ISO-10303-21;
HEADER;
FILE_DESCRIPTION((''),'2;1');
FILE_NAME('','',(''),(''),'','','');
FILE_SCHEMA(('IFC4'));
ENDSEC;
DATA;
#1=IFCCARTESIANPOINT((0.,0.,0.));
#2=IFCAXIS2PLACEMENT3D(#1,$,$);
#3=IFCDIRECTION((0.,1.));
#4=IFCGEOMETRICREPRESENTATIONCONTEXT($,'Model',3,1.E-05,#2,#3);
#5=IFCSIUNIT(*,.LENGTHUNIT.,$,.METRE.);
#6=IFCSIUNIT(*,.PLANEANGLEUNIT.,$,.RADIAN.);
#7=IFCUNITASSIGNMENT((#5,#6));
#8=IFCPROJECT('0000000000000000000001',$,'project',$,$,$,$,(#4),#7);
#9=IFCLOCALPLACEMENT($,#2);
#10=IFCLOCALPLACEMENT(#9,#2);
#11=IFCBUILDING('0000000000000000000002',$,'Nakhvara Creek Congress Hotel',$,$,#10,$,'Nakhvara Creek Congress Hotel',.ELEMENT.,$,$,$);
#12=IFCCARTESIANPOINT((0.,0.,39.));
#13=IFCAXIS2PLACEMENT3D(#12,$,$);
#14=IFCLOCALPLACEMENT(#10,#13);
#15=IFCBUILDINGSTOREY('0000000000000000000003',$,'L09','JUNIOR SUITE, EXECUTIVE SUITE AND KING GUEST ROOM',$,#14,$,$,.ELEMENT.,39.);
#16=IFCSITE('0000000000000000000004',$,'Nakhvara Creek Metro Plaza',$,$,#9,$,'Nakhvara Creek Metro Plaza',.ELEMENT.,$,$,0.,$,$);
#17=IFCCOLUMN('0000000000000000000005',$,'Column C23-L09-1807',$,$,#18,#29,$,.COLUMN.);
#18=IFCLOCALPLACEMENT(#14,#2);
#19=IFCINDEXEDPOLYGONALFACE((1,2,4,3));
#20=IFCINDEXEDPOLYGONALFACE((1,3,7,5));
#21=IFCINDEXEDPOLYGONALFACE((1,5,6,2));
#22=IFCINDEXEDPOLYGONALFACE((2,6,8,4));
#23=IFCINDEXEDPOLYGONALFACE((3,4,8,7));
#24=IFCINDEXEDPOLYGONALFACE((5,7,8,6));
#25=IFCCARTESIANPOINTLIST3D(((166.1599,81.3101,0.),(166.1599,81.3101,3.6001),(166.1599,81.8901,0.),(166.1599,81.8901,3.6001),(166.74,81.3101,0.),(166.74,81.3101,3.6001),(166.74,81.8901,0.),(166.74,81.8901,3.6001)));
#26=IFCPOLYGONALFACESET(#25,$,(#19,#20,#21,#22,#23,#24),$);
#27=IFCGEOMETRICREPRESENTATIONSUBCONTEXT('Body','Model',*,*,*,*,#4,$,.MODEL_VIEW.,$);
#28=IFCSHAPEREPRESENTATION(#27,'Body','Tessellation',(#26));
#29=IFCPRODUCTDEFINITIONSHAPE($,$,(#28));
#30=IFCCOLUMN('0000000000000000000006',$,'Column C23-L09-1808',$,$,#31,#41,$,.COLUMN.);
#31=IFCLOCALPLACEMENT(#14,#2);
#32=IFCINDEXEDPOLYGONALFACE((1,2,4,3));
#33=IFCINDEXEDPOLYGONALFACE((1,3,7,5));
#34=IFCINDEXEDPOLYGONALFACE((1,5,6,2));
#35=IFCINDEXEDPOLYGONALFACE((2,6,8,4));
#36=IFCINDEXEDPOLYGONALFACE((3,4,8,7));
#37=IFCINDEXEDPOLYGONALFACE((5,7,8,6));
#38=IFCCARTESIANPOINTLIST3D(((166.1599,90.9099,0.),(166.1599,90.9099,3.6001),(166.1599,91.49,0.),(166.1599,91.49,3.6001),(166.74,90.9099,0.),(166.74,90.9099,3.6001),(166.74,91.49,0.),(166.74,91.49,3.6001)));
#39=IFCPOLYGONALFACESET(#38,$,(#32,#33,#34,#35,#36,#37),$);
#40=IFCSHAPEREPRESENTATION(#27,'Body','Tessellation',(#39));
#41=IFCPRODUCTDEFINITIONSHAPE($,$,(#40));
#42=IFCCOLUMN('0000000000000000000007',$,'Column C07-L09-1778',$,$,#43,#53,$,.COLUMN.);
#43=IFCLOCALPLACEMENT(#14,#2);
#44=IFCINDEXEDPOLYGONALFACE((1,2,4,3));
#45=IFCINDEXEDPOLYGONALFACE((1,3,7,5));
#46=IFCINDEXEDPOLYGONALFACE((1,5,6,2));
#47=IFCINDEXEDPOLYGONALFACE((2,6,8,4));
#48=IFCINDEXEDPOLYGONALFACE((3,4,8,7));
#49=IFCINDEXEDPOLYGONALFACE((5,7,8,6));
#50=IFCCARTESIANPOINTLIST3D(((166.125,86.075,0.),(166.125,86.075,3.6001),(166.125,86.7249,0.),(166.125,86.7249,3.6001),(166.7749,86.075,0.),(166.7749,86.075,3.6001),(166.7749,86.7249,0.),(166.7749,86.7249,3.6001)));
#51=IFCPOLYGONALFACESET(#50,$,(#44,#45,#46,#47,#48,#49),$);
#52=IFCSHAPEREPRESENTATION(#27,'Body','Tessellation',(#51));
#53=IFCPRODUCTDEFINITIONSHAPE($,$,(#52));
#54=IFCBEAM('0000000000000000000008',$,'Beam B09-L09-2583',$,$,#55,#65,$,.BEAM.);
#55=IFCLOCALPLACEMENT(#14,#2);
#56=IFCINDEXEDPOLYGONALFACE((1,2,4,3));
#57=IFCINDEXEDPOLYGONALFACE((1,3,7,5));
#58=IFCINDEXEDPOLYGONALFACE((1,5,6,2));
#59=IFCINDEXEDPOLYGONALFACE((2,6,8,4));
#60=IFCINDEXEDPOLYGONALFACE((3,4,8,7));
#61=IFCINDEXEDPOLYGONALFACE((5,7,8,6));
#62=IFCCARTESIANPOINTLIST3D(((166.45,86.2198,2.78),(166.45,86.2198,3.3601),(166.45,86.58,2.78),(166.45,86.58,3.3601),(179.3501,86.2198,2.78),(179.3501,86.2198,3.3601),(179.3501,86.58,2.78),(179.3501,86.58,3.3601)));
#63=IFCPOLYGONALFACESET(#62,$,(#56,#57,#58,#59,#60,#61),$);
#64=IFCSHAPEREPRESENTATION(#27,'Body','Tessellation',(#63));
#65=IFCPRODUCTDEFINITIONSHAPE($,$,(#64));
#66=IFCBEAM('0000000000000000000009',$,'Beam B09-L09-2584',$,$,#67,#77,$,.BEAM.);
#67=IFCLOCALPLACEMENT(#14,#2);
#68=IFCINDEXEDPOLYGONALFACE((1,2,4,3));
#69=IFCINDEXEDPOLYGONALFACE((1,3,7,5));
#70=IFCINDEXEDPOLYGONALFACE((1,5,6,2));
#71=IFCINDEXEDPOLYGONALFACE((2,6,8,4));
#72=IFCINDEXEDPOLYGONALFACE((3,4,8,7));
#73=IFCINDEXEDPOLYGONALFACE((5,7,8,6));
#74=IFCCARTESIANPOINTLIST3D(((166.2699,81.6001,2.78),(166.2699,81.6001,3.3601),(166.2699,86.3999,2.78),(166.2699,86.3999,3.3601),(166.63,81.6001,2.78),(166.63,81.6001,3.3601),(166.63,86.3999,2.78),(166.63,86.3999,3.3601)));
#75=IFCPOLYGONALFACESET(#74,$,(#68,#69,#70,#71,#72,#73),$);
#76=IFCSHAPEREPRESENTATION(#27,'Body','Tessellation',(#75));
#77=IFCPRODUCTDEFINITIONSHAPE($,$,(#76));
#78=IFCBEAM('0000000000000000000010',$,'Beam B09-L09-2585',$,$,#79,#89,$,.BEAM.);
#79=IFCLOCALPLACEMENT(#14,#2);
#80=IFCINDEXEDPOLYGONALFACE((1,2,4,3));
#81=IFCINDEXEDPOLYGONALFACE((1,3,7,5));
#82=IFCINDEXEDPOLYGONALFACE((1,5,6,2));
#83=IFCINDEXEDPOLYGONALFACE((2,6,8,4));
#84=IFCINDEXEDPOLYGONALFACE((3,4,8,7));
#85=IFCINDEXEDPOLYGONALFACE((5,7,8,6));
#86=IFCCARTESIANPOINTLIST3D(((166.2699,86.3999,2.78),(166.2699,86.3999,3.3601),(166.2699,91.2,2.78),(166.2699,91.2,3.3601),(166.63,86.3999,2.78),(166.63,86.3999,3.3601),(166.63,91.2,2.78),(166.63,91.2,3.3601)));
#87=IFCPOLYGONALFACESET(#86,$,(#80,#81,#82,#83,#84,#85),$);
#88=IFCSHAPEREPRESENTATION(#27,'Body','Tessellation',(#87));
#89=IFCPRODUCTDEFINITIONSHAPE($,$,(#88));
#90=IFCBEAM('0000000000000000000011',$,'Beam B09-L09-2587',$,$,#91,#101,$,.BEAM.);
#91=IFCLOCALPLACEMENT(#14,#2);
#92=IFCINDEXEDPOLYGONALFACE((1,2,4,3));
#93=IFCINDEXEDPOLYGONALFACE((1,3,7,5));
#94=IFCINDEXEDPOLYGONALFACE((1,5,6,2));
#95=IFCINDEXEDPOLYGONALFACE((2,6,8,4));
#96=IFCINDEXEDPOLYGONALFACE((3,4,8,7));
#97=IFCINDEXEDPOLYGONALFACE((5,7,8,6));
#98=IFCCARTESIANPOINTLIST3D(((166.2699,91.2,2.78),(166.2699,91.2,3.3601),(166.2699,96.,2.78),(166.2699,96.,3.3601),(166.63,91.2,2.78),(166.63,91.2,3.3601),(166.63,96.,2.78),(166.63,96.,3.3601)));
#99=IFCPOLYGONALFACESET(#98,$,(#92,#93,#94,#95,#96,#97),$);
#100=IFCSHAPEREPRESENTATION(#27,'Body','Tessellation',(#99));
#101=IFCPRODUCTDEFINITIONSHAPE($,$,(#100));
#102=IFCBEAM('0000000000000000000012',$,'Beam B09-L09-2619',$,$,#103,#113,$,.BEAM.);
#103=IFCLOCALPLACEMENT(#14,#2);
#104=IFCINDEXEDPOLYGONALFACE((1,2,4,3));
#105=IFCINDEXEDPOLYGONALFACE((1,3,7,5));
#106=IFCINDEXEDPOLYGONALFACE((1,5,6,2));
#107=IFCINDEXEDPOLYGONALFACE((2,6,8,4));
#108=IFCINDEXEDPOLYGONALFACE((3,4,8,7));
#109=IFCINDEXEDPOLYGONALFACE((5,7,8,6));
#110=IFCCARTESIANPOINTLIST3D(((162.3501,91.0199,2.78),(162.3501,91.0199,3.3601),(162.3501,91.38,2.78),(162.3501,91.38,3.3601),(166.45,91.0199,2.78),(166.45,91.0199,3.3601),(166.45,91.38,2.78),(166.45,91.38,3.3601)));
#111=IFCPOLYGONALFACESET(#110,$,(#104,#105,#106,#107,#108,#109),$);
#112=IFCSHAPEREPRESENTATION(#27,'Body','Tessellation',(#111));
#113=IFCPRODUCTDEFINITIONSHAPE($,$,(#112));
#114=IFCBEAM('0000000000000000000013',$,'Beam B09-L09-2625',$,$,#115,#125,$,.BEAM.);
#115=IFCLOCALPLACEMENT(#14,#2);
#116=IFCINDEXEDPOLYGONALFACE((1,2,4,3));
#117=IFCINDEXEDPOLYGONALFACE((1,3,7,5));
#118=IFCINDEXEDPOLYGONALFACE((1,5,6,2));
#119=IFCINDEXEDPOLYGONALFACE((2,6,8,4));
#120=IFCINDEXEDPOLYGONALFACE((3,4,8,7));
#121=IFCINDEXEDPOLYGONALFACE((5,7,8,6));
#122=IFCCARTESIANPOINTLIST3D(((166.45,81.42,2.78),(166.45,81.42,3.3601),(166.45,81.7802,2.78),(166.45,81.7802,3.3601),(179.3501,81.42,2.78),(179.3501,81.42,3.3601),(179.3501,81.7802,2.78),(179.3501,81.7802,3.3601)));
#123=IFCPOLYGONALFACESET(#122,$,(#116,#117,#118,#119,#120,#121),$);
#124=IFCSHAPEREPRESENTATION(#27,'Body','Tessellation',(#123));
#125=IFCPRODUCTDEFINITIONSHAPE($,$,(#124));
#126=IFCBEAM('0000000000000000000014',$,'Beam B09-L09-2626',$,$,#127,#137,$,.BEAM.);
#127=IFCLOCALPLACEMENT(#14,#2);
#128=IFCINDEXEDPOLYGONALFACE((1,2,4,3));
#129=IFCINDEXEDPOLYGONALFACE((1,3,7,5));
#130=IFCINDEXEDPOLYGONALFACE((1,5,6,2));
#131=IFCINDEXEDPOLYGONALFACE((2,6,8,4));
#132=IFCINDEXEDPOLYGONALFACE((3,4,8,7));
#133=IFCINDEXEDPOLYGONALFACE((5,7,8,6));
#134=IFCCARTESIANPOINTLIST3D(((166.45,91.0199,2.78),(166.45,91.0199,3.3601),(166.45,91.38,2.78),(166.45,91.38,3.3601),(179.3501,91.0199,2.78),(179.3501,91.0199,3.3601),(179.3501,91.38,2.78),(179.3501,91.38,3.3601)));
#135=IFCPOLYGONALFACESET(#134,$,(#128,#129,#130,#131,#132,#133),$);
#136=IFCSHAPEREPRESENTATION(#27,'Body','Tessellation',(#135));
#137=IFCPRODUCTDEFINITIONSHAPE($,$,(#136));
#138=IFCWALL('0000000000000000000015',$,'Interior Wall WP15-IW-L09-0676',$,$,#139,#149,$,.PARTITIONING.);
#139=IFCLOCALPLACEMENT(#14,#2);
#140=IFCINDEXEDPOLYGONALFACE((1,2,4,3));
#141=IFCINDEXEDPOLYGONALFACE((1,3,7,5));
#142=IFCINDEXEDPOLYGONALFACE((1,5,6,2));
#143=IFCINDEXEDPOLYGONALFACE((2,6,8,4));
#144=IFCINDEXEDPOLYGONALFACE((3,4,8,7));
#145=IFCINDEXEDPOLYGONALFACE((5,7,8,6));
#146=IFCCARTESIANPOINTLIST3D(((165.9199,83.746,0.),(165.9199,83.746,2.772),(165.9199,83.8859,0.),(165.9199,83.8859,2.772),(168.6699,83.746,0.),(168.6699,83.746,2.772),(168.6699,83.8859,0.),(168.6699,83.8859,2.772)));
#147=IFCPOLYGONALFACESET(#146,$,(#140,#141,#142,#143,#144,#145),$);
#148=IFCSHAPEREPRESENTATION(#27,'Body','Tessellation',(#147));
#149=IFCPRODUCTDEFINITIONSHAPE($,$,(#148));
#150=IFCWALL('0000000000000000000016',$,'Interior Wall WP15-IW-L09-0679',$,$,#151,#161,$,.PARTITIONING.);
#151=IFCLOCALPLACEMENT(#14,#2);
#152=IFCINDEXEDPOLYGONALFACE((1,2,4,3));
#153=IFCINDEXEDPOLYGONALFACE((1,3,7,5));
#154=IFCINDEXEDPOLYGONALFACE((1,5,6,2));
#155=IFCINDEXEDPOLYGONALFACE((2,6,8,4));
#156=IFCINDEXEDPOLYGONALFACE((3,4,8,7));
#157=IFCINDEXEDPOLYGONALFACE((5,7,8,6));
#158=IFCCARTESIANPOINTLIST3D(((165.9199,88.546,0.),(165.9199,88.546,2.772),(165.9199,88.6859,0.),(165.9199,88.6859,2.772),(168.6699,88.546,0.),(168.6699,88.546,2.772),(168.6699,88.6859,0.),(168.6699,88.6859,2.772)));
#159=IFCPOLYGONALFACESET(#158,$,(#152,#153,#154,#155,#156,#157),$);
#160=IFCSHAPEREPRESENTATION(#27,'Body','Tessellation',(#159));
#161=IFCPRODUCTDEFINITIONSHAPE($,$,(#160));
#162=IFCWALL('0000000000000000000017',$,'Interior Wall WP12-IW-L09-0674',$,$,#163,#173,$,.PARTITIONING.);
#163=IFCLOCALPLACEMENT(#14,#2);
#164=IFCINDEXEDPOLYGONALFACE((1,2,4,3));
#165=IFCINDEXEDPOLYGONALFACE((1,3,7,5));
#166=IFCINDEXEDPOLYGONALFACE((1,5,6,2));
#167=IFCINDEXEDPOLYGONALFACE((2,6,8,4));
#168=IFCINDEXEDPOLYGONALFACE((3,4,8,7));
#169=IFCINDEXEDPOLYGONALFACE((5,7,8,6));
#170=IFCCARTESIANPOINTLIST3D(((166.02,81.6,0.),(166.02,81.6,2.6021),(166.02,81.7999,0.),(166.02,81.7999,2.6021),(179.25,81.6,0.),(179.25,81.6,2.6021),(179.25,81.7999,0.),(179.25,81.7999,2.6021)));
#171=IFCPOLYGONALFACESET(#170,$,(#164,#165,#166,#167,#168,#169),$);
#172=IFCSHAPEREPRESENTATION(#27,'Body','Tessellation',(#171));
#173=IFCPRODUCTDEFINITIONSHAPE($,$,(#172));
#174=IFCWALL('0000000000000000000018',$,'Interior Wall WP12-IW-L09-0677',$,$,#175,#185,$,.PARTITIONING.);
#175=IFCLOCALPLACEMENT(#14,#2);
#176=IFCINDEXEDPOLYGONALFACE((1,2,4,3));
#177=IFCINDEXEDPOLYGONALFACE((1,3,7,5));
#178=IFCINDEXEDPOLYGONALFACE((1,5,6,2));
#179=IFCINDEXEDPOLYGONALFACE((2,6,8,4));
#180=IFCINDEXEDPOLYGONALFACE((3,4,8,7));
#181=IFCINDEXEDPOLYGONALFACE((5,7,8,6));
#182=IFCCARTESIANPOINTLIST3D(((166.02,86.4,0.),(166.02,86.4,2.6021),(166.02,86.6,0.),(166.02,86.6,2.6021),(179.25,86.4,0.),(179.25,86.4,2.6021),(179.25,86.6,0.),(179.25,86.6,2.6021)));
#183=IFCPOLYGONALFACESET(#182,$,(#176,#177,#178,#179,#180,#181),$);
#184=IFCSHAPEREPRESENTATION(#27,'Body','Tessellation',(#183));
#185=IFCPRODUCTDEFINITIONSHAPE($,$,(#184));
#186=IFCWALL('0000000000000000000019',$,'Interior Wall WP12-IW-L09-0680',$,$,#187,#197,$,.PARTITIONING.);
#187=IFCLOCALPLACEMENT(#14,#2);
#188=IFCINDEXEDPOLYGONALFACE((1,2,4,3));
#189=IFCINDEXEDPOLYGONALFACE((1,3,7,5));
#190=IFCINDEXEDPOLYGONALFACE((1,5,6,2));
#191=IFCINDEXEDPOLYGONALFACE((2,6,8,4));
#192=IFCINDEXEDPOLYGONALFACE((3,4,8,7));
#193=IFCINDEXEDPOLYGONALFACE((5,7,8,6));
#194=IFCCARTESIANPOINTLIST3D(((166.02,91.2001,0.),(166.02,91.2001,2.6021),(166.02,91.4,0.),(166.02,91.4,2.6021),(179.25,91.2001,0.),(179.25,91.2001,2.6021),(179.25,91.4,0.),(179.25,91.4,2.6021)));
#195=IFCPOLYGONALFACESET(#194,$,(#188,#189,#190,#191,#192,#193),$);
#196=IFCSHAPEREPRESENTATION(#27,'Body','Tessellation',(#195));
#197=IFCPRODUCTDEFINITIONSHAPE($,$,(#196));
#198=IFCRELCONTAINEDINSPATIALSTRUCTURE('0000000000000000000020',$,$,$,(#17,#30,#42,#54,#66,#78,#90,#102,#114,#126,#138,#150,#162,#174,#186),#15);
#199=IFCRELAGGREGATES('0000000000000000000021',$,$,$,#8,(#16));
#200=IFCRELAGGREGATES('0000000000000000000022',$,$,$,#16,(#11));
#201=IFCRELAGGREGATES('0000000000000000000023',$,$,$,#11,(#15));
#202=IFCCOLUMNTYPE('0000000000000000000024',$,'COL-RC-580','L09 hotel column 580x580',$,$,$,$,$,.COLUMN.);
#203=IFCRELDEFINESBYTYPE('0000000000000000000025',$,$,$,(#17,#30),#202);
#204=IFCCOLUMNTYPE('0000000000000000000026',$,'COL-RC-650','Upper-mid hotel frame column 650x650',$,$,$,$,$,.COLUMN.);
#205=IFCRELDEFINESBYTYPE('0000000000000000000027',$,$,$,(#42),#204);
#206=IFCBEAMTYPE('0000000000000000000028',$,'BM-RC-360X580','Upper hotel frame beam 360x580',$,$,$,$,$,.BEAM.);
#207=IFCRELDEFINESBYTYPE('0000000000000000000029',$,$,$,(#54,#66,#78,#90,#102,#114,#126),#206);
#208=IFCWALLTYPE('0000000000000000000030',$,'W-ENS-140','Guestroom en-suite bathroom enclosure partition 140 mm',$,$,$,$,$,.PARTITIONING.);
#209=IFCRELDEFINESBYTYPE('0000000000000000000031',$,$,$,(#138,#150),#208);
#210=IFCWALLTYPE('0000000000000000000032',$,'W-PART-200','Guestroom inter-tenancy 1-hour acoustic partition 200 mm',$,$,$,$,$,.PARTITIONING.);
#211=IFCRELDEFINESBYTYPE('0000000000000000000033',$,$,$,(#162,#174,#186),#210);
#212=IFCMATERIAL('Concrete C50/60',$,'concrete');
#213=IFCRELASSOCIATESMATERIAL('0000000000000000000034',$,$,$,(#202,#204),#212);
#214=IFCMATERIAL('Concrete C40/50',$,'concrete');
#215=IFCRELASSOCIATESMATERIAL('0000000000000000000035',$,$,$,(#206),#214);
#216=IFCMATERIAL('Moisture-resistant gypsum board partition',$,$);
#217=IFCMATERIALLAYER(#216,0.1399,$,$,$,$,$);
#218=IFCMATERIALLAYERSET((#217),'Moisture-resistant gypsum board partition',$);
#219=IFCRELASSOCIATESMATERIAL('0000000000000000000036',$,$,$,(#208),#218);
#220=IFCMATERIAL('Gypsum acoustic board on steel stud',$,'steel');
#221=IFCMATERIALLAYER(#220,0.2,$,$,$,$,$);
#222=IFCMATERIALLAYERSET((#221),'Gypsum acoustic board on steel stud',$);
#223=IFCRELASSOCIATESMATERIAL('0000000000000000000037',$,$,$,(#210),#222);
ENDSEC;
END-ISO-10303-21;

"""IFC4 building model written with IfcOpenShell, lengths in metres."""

from ifc_helpers import new_model, si_unit, direction, frame, frame_2d, origin, origin_2d, place, context, subcontext, project, spatial, rectangle, extrude, material, layer, layer_set, material_profile, profile_set, type_object, element, save


model = new_model("IFC4")

# Units and contexts
model_context = context("Model", 3, precision=1e-05, world=origin(), true_north=direction((0.0, 1.0)))
body_context = subcontext(model_context, "Body", "Model", "MODEL_VIEW")
ifc_project = project(units=[si_unit("LENGTHUNIT", "METRE"), si_unit("PLANEANGLEUNIT", "RADIAN")], contexts=[model_context])

# Site, building, storey
site_placement = place(None, origin())
site = spatial("IfcSite", under=ifc_project, at=site_placement, Name="Nakhvara Creek Metro Plaza", LongName="Nakhvara Creek Metro Plaza", CompositionType="ELEMENT", RefElevation=0.0)
building_placement = place(site_placement, origin())
building = spatial("IfcBuilding", under=site, at=building_placement, Name="Nakhvara Creek Congress Hotel", LongName="Nakhvara Creek Congress Hotel", CompositionType="ELEMENT")
storey_placement = place(building_placement, frame((0.0, 0.0, 39.0)))
storey = spatial("IfcBuildingStorey", under=building, at=storey_placement, Name="L09", Description="JUNIOR SUITE, EXECUTIVE SUITE AND KING GUEST ROOM", CompositionType="ELEMENT", Elevation=39.0)

# Columns
ifc_material_1 = material(Name="Concrete C50/60", Category="concrete")
ifc_material_profile_1 = material_profile(ifc_material_1, rectangle(XDim=0.5801, YDim=0.5801, at=origin_2d()), Name="RC-COL 580x580", Category="LoadBearing")
ifc_profile_set_1 = profile_set([ifc_material_profile_1], Name="Concrete C50/60")
column_type_1 = type_object("IfcColumnType", Name="COL-RC-580", Description="L09 hotel column 580x580", PredefinedType="COLUMN", material=ifc_profile_set_1)
for number, where, z_axis, x_axis, name in (
    (1, (166.45, 81.6001, 0.0), (0.0, 0.0, 1.0), (1.0, 0.0, 0.0), "Column C23-L09-1807"),
    (2, (166.45, 91.2, 0.0), (0.0, 0.0, 1.0), (1.0, 0.0, 0.0), "Column C23-L09-1808"),
):
    element("IfcColumn", number, at=place(storey_placement, frame(where, z_axis=z_axis, x_axis=x_axis)), inside=storey, type_object=column_type_1, Name=name, PredefinedType="COLUMN", context=body_context, shape_type="SweptSolid", body=[
        extrude(rectangle(XDim=0.5801, YDim=0.5801, at=origin_2d()), origin(), (0.0, 0.0, 1.0), 3.6001),
    ])
ifc_material_profile_2 = material_profile(ifc_material_1, rectangle(XDim=0.6499, YDim=0.6499, at=origin_2d()), Name="RC-COL 650x650", Category="LoadBearing")
ifc_profile_set_2 = profile_set([ifc_material_profile_2], Name="Concrete C50/60")
column_type_2 = type_object("IfcColumnType", Name="COL-RC-650", Description="Upper-mid hotel frame column 650x650", PredefinedType="COLUMN", material=ifc_profile_set_2)
column_placement = place(storey_placement, frame((166.45, 86.3999, 0.0), z_axis=(0.0, 0.0, 1.0), x_axis=(1.0, 0.0, 0.0)))
element("IfcColumn", 3, at=column_placement, inside=storey, type_object=column_type_2, Name="Column C07-L09-1778", PredefinedType="COLUMN", context=body_context, shape_type="SweptSolid", body=[
    extrude(rectangle(XDim=0.6499, YDim=0.6499, at=origin_2d()), origin(), (0.0, 0.0, 1.0), 3.6001),
])

# Beams
ifc_material_2 = material(Name="Concrete C40/50", Category="concrete")
ifc_material_profile_3 = material_profile(ifc_material_2, rectangle(XDim=0.3601, YDim=0.5801, at=origin_2d()), Name="RC-BM 360x580", Category="LoadBearing")
ifc_profile_set_3 = profile_set([ifc_material_profile_3], Name="Concrete C40/50")
beam_type = type_object("IfcBeamType", Name="BM-RC-360X580", Description="Upper hotel frame beam 360x580", PredefinedType="BEAM", material=ifc_profile_set_3)
beam_1_placement = place(storey_placement, frame((166.45, 86.3999, 3.0701), z_axis=(1.0, 0.0, 0.0), x_axis=(0.0, 1.0, 0.0)))
element("IfcBeam", 4, at=beam_1_placement, inside=storey, type_object=beam_type, Name="Beam B09-L09-2583", PredefinedType="BEAM", context=body_context, shape_type="SweptSolid", body=[
    extrude(rectangle(XDim=0.3601, YDim=0.5801, at=origin_2d()), origin(), (0.0, 0.0, 1.0), 12.9001),
])
beam_2_placement = place(storey_placement, frame((166.45, 81.6001, 3.0701), z_axis=(0.0, 1.0, 0.0), x_axis=(-1.0, 0.0, 0.0)))
element("IfcBeam", 5, at=beam_2_placement, inside=storey, type_object=beam_type, Name="Beam B09-L09-2584", PredefinedType="BEAM", context=body_context, shape_type="SweptSolid", body=[
    extrude(rectangle(XDim=0.3601, YDim=0.5801, at=origin_2d()), origin(), (0.0, 0.0, 1.0), 4.7998),
])
for number, where, z_axis, x_axis, name in (
    (6, (166.45, 86.3999, 3.0701), (0.0, 1.0, 0.0), (-1.0, 0.0, 0.0), "Beam B09-L09-2585"),
    (7, (166.45, 91.2, 3.0701), (0.0, 1.0, 0.0), (-1.0, 0.0, 0.0), "Beam B09-L09-2587"),
):
    element("IfcBeam", number, at=place(storey_placement, frame(where, z_axis=z_axis, x_axis=x_axis)), inside=storey, type_object=beam_type, Name=name, PredefinedType="BEAM", context=body_context, shape_type="SweptSolid", body=[
        extrude(rectangle(XDim=0.3601, YDim=0.5801, at=origin_2d()), origin(), (0.0, 0.0, 1.0), 4.8),
    ])
beam_3_placement = place(storey_placement, frame((162.3501, 91.2, 3.0701), z_axis=(1.0, 0.0, 0.0), x_axis=(0.0, 1.0, 0.0)))
element("IfcBeam", 8, at=beam_3_placement, inside=storey, type_object=beam_type, Name="Beam B09-L09-2619", PredefinedType="BEAM", context=body_context, shape_type="SweptSolid", body=[
    extrude(rectangle(XDim=0.3601, YDim=0.5801, at=origin_2d()), origin(), (0.0, 0.0, 1.0), 4.0999),
])
for number, where, z_axis, x_axis, name in (
    (9, (166.45, 81.6001, 3.0701), (1.0, 0.0, 0.0), (0.0, 1.0, 0.0), "Beam B09-L09-2625"),
    (10, (166.45, 91.2, 3.0701), (1.0, 0.0, 0.0), (0.0, 1.0, 0.0), "Beam B09-L09-2626"),
):
    element("IfcBeam", number, at=place(storey_placement, frame(where, z_axis=z_axis, x_axis=x_axis)), inside=storey, type_object=beam_type, Name=name, PredefinedType="BEAM", context=body_context, shape_type="SweptSolid", body=[
        extrude(rectangle(XDim=0.3601, YDim=0.5801, at=origin_2d()), origin(), (0.0, 0.0, 1.0), 12.9001),
    ])

# Shared definitions
ifc_material_3 = material(Name="Moisture-resistant gypsum board partition")
ifc_layer_1 = layer(ifc_material_3, 0.1399)
ifc_layer_set_1 = layer_set([ifc_layer_1], Name="Moisture-resistant gypsum board partition")
wall_type_1 = type_object("IfcWallType", Name="W-ENS-140", Description="Guestroom en-suite bathroom enclosure partition 140 mm", PredefinedType="PARTITIONING", material=ifc_layer_set_1)

# Wall
wall_1_placement = place(storey_placement, frame((165.9199, 83.8159, 0.0), z_axis=(0.0, 0.0, 1.0), x_axis=(1.0, 0.0, 0.0)))
element("IfcWall", 11, at=wall_1_placement, inside=storey, type_object=wall_type_1, Name="Interior Wall WP15-IW-L09-0676", PredefinedType="PARTITIONING", context=body_context, shape_type="SweptSolid", body=[
    extrude(rectangle(XDim=2.75, YDim=0.1399, at=frame_2d((1.375, 0.0))), origin(), (0.0, 0.0, 1.0), 2.772),
])

# Walls
wall_2_placement = place(storey_placement, frame((165.9199, 88.616, 0.0), z_axis=(0.0, 0.0, 1.0), x_axis=(1.0, 0.0, 0.0)))
element("IfcWall", 12, at=wall_2_placement, inside=storey, type_object=wall_type_1, Name="Interior Wall WP15-IW-L09-0679", PredefinedType="PARTITIONING", context=body_context, shape_type="SweptSolid", body=[
    extrude(rectangle(XDim=2.75, YDim=0.1399, at=frame_2d((1.375, 0.0))), origin(), (0.0, 0.0, 1.0), 2.772),
])
ifc_material_4 = material(Name="Gypsum acoustic board on steel stud", Category="steel")
ifc_layer_2 = layer(ifc_material_4, 0.2)
ifc_layer_set_2 = layer_set([ifc_layer_2], Name="Gypsum acoustic board on steel stud")
wall_type_2 = type_object("IfcWallType", Name="W-PART-200", Description="Guestroom inter-tenancy 1-hour acoustic partition 200 mm", PredefinedType="PARTITIONING", material=ifc_layer_set_2)
for number, where, z_axis, x_axis, name in (
    (13, (166.02, 81.7, 0.0), (0.0, 0.0, 1.0), (1.0, 0.0, 0.0), "Interior Wall WP12-IW-L09-0674"),
    (14, (166.02, 86.5, 0.0), (0.0, 0.0, 1.0), (1.0, 0.0, 0.0), "Interior Wall WP12-IW-L09-0677"),
    (15, (166.02, 91.3, 0.0), (0.0, 0.0, 1.0), (1.0, 0.0, 0.0), "Interior Wall WP12-IW-L09-0680"),
):
    element("IfcWall", number, at=place(storey_placement, frame(where, z_axis=z_axis, x_axis=x_axis)), inside=storey, type_object=wall_type_2, Name=name, PredefinedType="PARTITIONING", context=body_context, shape_type="SweptSolid", body=[
        extrude(rectangle(XDim=13.23, YDim=0.2, at=frame_2d((6.615, 0.0))), origin(), (0.0, 0.0, 1.0), 2.6021),
    ])

save(model, "model.ifc")
